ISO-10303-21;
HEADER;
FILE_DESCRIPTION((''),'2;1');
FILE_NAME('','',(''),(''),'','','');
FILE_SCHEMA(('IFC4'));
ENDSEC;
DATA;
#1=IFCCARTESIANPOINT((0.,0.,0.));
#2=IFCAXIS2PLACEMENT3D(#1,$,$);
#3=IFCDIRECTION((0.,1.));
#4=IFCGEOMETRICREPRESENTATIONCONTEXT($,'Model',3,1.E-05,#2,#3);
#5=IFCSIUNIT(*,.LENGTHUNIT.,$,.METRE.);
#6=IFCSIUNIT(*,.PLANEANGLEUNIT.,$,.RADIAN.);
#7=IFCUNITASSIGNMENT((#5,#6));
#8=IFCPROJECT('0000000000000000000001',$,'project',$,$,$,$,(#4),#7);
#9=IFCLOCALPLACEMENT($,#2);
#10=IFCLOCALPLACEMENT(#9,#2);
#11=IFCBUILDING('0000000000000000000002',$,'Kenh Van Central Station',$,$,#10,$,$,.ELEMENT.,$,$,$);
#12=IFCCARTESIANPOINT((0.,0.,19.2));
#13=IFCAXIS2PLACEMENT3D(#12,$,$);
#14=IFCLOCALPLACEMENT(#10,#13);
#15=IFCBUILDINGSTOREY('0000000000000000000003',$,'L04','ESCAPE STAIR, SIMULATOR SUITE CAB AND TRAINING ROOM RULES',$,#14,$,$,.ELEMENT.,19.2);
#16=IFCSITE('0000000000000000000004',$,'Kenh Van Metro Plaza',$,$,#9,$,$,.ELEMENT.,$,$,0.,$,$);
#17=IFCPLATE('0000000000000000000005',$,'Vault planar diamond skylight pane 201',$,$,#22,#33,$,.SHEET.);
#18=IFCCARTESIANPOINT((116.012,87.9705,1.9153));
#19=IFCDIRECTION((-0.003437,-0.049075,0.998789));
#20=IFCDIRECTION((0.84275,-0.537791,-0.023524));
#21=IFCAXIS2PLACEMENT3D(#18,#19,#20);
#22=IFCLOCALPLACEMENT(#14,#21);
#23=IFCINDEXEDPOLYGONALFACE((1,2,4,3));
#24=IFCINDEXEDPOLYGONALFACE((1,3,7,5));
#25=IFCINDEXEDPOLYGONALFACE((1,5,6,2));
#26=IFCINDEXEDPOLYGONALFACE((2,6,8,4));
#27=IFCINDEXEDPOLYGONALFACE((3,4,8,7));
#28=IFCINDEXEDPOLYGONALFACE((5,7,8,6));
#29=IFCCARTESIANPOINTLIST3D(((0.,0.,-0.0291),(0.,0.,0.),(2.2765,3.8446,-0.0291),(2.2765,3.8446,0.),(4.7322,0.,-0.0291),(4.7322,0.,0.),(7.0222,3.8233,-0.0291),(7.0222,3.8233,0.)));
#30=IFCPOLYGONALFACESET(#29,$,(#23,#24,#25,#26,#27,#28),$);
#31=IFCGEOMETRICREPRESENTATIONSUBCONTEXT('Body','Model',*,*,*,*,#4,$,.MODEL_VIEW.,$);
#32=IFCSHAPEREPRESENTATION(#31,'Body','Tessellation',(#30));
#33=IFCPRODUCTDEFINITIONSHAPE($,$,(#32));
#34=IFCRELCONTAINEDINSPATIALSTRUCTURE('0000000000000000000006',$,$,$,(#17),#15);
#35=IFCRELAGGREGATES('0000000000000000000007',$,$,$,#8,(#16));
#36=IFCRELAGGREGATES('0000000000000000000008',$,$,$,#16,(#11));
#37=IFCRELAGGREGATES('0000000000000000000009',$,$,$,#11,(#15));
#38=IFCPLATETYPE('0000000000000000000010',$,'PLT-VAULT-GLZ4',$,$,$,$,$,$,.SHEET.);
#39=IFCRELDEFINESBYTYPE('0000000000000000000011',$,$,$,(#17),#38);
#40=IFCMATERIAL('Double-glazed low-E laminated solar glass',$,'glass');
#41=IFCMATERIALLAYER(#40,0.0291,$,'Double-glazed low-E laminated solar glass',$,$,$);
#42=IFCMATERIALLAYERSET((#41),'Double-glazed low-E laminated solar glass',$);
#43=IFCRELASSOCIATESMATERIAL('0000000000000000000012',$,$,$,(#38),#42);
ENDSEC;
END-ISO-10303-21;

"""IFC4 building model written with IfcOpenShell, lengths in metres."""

from ifc_helpers import new_model, si_unit, direction, frame, origin, place, context, subcontext, project, spatial, polyline, outline, extrude, material, layer, layer_set, type_object, element, save


model = new_model("IFC4")

# Units and contexts
model_context = context("Model", 3, precision=1e-05, world=origin(), true_north=direction((0.0, 1.0)))
body_context = subcontext(model_context, "Body", "Model", "MODEL_VIEW")
ifc_project = project(units=[si_unit("LENGTHUNIT", "METRE"), si_unit("PLANEANGLEUNIT", "RADIAN")], contexts=[model_context])

# Site, building, storey
site_placement = place(None, origin())
site = spatial("IfcSite", under=ifc_project, at=site_placement, Name="Kenh Van Metro Plaza", CompositionType="ELEMENT", RefElevation=0.0)
building_placement = place(site_placement, origin())
building = spatial("IfcBuilding", under=site, at=building_placement, Name="Kenh Van Central Station", CompositionType="ELEMENT")
storey_placement = place(building_placement, frame((0.0, 0.0, 19.2)))
storey = spatial("IfcBuildingStorey", under=building, at=storey_placement, Name="L04", Description="ESCAPE STAIR, SIMULATOR SUITE CAB AND TRAINING ROOM RULES", CompositionType="ELEMENT", Elevation=19.2)

# Plate
ifc_material_1 = material(Name="Double-glazed low-E laminated solar glass", Category="glass")
ifc_layer_1 = layer(ifc_material_1, 0.0291, Name="Double-glazed low-E laminated solar glass")
ifc_layer_set_1 = layer_set([ifc_layer_1], Name="Double-glazed low-E laminated solar glass")
plate_type_1 = type_object("IfcPlateType", Name="PLT-VAULT-GLZ4", PredefinedType="SHEET", material=ifc_layer_set_1)
plate_1_placement = place(storey_placement, frame((116.012, 87.9705, 1.9153), z_axis=(-0.003437, -0.049075, 0.998789), x_axis=(0.84275, -0.537791, -0.023524)))
element("IfcPlate", 1, at=plate_1_placement, inside=storey, type_object=plate_type_1, Name="Vault planar diamond skylight pane 201", PredefinedType="SHEET", context=body_context, shape_type="SweptSolid", body=[
    extrude(outline(polyline([(0.0, 0.0), (4.7322, 0.0), (7.0222, 3.8233), (2.2765, 3.8446), (0.0, 0.0)])), origin(), (0.0, 0.0, -1.0), 0.0291),
])

save(model, "model.ifc")
